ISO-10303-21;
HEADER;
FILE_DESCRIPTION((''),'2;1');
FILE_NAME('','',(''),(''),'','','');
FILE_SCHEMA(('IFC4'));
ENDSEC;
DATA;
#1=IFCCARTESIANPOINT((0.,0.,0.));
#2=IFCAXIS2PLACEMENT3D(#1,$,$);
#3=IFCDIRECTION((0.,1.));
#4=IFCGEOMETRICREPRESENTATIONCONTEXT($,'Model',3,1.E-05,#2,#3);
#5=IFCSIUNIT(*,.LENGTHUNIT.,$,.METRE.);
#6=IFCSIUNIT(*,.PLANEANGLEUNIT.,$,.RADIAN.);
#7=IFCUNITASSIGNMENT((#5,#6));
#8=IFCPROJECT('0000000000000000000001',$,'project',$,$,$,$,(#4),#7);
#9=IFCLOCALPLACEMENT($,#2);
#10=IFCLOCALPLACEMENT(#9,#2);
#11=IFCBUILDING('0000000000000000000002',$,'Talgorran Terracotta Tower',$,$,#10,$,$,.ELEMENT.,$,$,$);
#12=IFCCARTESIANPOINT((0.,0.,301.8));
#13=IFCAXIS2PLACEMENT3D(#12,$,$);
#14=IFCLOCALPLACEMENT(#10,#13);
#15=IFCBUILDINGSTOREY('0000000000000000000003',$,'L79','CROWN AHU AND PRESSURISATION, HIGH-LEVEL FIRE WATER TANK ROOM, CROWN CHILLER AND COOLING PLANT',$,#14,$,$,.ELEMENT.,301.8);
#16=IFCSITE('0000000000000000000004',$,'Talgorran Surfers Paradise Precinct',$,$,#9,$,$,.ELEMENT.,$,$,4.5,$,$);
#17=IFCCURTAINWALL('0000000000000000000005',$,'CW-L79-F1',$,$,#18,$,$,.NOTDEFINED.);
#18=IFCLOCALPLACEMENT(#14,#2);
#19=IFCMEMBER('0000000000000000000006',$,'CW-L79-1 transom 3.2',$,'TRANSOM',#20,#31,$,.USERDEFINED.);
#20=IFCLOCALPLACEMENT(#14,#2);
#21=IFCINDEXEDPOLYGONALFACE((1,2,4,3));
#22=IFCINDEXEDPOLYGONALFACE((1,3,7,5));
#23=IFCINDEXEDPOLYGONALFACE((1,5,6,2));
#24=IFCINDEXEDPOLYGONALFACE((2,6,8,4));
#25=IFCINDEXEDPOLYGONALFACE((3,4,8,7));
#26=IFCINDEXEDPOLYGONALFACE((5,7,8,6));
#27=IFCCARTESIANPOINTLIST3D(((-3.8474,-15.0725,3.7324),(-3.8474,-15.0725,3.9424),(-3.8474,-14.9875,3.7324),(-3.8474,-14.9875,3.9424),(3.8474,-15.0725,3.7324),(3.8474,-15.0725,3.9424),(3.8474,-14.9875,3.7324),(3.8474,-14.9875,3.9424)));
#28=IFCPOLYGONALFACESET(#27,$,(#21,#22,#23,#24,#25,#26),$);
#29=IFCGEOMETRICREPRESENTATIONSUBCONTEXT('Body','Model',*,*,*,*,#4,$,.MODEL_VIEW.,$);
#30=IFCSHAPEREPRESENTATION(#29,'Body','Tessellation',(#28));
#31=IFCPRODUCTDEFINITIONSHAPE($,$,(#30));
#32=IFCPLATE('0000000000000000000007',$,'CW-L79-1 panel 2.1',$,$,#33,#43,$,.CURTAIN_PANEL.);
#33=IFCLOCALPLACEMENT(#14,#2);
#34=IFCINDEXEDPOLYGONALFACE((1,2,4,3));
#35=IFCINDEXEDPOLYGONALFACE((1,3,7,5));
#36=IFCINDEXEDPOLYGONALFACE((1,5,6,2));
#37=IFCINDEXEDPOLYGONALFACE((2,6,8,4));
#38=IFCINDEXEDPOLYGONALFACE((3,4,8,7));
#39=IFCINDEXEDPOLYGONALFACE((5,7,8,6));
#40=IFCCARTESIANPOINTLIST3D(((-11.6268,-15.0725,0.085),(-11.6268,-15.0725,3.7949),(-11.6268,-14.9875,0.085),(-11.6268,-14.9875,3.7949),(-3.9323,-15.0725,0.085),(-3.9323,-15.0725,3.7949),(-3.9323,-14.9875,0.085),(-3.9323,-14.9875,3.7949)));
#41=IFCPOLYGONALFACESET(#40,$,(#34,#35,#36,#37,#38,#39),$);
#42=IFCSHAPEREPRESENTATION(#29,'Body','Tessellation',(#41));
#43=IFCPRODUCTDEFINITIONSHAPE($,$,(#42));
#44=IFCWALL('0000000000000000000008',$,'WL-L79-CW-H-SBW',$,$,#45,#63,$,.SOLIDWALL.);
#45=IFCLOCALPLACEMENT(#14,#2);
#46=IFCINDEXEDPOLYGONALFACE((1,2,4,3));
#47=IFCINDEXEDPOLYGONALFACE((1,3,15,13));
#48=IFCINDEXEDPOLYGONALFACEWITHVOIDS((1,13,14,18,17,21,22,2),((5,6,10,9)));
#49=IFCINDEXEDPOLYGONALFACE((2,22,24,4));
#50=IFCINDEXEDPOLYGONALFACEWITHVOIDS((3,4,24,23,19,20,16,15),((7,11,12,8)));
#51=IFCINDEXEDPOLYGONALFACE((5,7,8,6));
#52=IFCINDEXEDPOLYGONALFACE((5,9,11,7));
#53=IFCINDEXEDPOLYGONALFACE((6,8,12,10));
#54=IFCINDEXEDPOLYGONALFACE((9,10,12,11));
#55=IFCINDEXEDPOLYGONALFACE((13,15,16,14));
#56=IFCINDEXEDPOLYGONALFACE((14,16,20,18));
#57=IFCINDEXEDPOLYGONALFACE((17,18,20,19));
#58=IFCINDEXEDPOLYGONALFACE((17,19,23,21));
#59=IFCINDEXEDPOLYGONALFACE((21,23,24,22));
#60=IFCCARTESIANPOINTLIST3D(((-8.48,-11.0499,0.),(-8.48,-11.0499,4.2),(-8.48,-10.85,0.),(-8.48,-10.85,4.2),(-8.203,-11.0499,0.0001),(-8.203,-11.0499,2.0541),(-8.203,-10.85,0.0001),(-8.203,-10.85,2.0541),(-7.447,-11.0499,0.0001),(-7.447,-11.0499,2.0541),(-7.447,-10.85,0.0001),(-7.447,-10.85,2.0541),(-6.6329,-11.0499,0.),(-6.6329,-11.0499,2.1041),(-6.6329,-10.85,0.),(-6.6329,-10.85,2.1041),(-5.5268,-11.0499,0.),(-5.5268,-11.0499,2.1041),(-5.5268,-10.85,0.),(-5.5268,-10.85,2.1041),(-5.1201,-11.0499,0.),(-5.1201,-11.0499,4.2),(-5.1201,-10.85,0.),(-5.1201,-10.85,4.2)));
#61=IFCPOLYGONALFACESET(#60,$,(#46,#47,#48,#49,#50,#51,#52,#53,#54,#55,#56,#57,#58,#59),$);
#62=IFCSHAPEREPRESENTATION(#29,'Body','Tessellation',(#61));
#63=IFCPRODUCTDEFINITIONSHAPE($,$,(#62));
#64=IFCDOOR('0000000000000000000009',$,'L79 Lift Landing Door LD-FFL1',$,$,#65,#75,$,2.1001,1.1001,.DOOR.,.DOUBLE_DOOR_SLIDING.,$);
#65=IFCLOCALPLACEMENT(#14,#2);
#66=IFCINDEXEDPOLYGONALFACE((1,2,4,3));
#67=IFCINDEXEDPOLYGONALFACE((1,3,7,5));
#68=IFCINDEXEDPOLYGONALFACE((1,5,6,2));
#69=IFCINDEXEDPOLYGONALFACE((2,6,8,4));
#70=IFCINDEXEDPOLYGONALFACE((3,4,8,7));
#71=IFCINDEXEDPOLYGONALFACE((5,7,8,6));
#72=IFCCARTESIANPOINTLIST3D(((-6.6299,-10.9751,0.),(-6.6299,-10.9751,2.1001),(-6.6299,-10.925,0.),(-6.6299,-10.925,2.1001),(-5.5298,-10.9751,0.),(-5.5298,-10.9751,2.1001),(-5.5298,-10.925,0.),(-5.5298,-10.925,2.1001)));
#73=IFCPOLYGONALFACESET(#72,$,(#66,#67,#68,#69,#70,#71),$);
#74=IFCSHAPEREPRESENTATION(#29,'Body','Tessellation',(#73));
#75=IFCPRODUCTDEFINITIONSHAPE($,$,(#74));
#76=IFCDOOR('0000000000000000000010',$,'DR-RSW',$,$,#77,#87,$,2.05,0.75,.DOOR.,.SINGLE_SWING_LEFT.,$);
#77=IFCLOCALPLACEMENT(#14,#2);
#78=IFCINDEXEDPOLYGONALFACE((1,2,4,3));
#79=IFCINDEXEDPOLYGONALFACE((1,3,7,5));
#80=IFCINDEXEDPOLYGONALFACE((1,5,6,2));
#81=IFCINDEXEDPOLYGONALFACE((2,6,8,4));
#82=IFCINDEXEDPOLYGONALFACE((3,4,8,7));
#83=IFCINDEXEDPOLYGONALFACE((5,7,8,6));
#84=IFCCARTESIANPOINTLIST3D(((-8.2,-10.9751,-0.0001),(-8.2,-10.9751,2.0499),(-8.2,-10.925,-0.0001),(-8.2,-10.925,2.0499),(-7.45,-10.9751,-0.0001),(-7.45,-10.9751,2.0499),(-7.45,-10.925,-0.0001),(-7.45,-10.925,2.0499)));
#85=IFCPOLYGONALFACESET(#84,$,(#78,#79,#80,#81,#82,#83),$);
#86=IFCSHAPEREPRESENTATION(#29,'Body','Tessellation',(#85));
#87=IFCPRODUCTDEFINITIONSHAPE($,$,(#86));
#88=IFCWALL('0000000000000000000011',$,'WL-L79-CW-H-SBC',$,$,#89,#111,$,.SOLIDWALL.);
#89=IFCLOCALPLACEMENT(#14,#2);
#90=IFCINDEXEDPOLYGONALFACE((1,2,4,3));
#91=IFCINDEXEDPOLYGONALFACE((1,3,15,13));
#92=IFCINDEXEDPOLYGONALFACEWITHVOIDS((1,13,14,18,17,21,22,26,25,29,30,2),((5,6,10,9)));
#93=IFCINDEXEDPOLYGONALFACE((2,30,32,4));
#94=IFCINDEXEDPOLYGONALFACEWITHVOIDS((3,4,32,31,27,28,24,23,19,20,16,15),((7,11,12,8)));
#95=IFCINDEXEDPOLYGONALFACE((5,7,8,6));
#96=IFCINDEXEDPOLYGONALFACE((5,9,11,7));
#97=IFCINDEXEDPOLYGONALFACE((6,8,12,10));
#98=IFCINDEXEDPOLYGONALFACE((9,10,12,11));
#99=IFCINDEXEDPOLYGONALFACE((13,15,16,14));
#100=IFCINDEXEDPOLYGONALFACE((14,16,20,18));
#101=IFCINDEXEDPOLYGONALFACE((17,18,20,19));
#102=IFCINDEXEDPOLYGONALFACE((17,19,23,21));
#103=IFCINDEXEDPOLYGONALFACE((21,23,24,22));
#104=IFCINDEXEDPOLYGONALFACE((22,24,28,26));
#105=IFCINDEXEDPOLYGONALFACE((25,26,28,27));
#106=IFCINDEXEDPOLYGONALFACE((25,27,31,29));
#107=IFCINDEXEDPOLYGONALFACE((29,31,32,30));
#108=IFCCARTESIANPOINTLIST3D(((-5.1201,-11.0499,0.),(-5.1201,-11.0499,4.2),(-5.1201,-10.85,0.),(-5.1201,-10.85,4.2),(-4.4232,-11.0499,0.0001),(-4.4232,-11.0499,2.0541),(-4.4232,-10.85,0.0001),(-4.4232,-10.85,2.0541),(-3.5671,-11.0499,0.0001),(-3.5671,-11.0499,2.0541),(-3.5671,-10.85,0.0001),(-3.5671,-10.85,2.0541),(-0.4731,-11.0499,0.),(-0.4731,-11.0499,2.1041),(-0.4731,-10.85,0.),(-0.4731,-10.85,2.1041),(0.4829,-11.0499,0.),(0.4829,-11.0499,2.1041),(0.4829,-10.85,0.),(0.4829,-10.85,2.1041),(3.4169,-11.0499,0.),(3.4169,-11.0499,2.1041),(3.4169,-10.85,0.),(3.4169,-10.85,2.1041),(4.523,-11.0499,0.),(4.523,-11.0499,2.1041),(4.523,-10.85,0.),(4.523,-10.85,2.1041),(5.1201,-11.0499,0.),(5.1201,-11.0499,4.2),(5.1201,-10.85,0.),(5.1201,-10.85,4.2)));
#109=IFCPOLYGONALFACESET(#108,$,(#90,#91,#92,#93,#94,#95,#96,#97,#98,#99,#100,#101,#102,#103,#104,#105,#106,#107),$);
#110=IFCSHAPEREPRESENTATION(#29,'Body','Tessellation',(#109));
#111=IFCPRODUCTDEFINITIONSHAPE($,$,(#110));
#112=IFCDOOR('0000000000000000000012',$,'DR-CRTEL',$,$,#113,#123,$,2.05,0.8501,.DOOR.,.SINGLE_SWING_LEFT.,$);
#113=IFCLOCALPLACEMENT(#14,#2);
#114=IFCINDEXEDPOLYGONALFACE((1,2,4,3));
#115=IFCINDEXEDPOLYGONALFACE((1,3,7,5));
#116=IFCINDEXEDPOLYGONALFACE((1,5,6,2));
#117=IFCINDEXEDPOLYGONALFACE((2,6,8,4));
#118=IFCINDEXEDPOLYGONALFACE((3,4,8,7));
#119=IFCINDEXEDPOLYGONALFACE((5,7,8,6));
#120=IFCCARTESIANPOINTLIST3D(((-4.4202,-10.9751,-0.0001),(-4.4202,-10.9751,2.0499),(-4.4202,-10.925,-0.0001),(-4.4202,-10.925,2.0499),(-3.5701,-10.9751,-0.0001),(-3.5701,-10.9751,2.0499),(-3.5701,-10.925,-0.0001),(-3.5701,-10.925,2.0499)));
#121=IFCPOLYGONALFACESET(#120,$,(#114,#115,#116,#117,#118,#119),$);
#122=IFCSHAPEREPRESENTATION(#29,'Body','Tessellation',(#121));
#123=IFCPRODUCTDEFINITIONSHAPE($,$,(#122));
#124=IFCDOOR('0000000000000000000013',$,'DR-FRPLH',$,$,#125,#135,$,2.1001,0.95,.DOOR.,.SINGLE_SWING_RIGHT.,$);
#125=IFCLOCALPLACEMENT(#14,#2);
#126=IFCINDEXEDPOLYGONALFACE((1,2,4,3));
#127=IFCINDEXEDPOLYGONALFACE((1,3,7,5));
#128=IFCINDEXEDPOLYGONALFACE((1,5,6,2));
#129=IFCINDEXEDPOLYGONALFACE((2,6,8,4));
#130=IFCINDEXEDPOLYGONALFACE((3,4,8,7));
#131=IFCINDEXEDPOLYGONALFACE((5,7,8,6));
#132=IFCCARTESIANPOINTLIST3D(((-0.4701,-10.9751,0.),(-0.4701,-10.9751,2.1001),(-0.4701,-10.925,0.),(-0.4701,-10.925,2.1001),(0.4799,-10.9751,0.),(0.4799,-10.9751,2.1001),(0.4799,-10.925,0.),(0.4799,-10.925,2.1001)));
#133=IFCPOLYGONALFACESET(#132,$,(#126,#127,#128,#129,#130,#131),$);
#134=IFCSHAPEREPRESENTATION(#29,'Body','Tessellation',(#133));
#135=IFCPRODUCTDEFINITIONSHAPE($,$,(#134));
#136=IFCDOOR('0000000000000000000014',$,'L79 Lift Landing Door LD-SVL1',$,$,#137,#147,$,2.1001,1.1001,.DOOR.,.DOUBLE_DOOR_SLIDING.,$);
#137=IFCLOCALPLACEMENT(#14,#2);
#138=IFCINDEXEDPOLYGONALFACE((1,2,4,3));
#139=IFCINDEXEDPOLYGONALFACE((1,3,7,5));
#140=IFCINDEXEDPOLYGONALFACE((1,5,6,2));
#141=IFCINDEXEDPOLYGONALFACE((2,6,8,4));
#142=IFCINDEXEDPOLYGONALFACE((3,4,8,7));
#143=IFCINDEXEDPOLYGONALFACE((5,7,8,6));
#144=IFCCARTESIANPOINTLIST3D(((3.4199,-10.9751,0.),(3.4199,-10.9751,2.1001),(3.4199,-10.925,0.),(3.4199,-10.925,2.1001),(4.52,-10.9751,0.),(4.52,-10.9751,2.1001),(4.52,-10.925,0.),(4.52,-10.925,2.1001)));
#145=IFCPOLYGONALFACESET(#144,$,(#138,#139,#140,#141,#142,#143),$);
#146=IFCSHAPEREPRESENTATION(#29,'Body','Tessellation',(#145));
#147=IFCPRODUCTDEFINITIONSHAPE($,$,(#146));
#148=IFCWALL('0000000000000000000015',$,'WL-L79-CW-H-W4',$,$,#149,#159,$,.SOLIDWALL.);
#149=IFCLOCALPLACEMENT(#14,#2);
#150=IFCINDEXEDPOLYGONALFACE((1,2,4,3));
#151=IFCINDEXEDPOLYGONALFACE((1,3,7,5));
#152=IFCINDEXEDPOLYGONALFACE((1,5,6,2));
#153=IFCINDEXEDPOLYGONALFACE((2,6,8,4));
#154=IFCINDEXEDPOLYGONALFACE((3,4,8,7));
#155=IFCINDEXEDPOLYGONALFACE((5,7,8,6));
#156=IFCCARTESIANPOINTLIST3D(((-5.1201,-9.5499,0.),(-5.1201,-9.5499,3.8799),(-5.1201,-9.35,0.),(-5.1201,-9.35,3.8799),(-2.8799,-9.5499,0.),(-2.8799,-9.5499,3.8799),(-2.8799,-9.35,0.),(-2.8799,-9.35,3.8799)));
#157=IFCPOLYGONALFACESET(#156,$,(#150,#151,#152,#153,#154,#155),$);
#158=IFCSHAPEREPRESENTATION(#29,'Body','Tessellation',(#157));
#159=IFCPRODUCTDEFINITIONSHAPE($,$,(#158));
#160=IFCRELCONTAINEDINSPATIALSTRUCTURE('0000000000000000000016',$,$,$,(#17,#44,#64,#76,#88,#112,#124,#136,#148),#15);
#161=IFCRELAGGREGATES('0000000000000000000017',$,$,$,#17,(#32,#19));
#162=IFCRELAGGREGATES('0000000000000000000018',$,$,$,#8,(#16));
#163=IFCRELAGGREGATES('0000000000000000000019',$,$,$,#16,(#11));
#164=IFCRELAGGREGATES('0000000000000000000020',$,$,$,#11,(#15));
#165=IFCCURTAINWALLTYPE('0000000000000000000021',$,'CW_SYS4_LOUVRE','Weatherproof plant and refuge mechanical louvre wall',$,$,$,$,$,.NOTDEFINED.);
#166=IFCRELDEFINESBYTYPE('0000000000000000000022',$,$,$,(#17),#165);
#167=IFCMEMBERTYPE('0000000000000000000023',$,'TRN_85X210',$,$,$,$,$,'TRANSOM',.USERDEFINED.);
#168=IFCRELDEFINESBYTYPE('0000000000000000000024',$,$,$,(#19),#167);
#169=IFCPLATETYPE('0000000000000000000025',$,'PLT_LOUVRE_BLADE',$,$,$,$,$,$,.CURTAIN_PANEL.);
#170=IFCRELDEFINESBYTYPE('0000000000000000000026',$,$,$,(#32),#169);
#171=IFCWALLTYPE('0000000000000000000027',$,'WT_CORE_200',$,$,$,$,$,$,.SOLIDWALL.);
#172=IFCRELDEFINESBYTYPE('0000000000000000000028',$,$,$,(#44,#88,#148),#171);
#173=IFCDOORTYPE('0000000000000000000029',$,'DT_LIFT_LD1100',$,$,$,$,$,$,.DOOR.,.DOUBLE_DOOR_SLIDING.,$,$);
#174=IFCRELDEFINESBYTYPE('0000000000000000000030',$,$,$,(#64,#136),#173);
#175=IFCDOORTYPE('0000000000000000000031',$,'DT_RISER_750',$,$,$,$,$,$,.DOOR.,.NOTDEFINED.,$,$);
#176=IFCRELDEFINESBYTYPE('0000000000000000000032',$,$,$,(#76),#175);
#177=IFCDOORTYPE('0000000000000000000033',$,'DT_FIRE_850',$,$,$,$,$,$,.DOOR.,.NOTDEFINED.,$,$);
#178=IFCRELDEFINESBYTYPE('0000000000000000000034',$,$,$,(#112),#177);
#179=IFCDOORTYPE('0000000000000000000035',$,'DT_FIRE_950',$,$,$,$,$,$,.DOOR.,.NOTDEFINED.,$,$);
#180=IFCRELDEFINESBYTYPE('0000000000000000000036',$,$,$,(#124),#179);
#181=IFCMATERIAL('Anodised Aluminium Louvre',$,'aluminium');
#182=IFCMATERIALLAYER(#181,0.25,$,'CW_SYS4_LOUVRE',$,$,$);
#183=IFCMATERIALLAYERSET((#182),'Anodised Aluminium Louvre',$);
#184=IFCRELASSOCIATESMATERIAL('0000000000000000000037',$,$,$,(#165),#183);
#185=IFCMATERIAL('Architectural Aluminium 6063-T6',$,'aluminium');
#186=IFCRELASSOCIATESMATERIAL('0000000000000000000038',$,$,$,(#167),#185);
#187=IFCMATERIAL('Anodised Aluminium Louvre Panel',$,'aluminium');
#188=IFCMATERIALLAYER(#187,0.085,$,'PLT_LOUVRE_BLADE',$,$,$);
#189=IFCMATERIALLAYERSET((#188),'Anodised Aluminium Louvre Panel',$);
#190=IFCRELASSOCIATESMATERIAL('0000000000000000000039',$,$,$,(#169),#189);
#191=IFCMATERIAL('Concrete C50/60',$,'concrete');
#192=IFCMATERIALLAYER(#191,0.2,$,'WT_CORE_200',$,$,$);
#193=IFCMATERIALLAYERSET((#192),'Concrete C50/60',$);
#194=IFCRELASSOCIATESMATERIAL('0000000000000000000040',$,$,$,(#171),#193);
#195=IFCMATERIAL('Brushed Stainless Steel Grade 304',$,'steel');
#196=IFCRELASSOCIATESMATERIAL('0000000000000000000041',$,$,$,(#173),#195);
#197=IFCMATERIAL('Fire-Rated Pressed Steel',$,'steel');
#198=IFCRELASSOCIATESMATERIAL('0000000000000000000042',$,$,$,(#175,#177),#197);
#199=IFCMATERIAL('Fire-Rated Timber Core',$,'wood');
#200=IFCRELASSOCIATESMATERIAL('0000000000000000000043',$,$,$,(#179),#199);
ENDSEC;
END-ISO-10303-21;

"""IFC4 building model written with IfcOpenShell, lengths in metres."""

from ifc_helpers import new_model, si_unit, direction, frame, frame_2d, origin, origin_2d, place, context, subcontext, project, spatial, rectangle, extrude, source, transform, mapped, material, layer, layer_set, material_profile, profile_set, type_object, type_shapes, element, fill, aggregate, save


model = new_model("IFC4")

# Units and contexts
model_context = context("Model", 3, precision=1e-05, world=origin(), true_north=direction((0.0, 1.0)))
body_context = subcontext(model_context, "Body", "Model", "MODEL_VIEW")
ifc_project = project(units=[si_unit("LENGTHUNIT", "METRE"), si_unit("PLANEANGLEUNIT", "RADIAN")], contexts=[model_context])

# Site, building, storey
site_placement = place(None, origin())
site = spatial("IfcSite", under=ifc_project, at=site_placement, Name="Talgorran Surfers Paradise Precinct", CompositionType="ELEMENT", RefElevation=4.5)
building_placement = place(site_placement, origin())
building = spatial("IfcBuilding", under=site, at=building_placement, Name="Talgorran Terracotta Tower", CompositionType="ELEMENT")
storey_placement = place(building_placement, frame((0.0, 0.0, 301.8)))
storey = spatial("IfcBuildingStorey", under=building, at=storey_placement, Name="L79", Description="CROWN AHU AND PRESSURISATION, HIGH-LEVEL FIRE WATER TANK ROOM, CROWN CHILLER AND COOLING PLANT", CompositionType="ELEMENT", Elevation=301.8)

# Shared definitions
ifc_material_1 = material(Name="Concrete C50/60", Category="concrete")

# Curtain wall, member, plate
ifc_material_2 = material(Name="Anodised Aluminium Louvre", Category="aluminium")
ifc_layer_1 = layer(ifc_material_2, 0.25, Name="CW_SYS4_LOUVRE")
ifc_layer_set_1 = layer_set([ifc_layer_1], Name="Anodised Aluminium Louvre")
curtain_wall_type = type_object("IfcCurtainWallType", Name="CW_SYS4_LOUVRE", Description="Weatherproof plant and refuge mechanical louvre wall", PredefinedType="NOTDEFINED", material=ifc_layer_set_1)
curtain_wall_placement = place(storey_placement, origin())
curtain_wall = element("IfcCurtainWall", 1, at=curtain_wall_placement, inside=storey, type_object=curtain_wall_type, Name="CW-L79-F1", PredefinedType="NOTDEFINED")
ifc_material_3 = material(Name="Architectural Aluminium 6063-T6", Category="aluminium")
ifc_material_profile_1 = material_profile(ifc_material_3, rectangle(XDim=0.085, YDim=0.21, at=origin_2d()), Name="CWT85X210")
ifc_profile_set_1 = profile_set([ifc_material_profile_1], Name="Architectural Aluminium 6063-T6")
member_type_1 = type_object("IfcMemberType", Name="TRN_85X210", ElementType="TRANSOM", PredefinedType="USERDEFINED", material=ifc_profile_set_1)
member_1_placement = place(storey_placement, frame((-3.8474, -15.03, 3.8374), z_axis=(1.0, 0.0, 0.0), x_axis=(0.0, 1.0, 0.0)))
member_1 = element("IfcMember", 2, at=member_1_placement, type_object=member_type_1, Name="CW-L79-1 transom 3.2", ObjectType="TRANSOM", PredefinedType="USERDEFINED", context=body_context, shape_type="SweptSolid", body=[
    extrude(rectangle(XDim=0.085, YDim=0.21, at=origin_2d()), origin(), (0.0, 0.0, 1.0), 7.6948),
])
ifc_material_4 = material(Name="Anodised Aluminium Louvre Panel", Category="aluminium")
ifc_layer_2 = layer(ifc_material_4, 0.085, Name="PLT_LOUVRE_BLADE")
ifc_layer_set_2 = layer_set([ifc_layer_2], Name="Anodised Aluminium Louvre Panel")
plate_type = type_object("IfcPlateType", Name="PLT_LOUVRE_BLADE", PredefinedType="CURTAIN_PANEL", material=ifc_layer_set_2)
shared_shape = source(origin(), body_context, "Body", "SweptSolid", [
    extrude(rectangle(XDim=7.6946, YDim=0.085, at=origin_2d()), origin(), (0.0, 0.0, 1.0), 3.71),
])
type_shapes(plate_type, [shared_shape])
plate_placement = place(storey_placement, frame((-7.7795, -15.03, 0.085), z_axis=(0.0, 0.0, 1.0), x_axis=(1.0, 0.0, 0.0)))
plate = element("IfcPlate", 3, at=plate_placement, type_object=plate_type, Name="CW-L79-1 panel 2.1", PredefinedType="CURTAIN_PANEL", context=body_context, shape_type="MappedRepresentation", body=[
    mapped(shared_shape, transform((0.0, 0.0, 0.0), scale=1.0)),
])
aggregate(curtain_wall, [plate, member_1])

# Walls, openings, doors
ifc_layer_3 = layer(ifc_material_1, 0.2, Name="WT_CORE_200")
ifc_layer_set_3 = layer_set([ifc_layer_3], Name="Concrete C50/60")
wall_type_1 = type_object("IfcWallType", Name="WT_CORE_200", PredefinedType="SOLIDWALL", material=ifc_layer_set_3)
wall_1_placement = place(storey_placement, frame((-8.48, -10.95, 0.0), z_axis=(0.0, 0.0, 1.0), x_axis=(1.0, 0.0, 0.0)))
wall_1 = element("IfcWall", 4, at=wall_1_placement, inside=storey, type_object=wall_type_1, Name="WL-L79-CW-H-SBW", PredefinedType="SOLIDWALL", context=body_context, shape_type="SweptSolid", body=[
    extrude(rectangle(XDim=3.3599, YDim=0.2, at=frame_2d((1.6799, 0.0))), origin(), (0.0, 0.0, 1.0), 4.2),
])
opening_1_placement = place(wall_1_placement, frame((0.28, 0.0, 0.0)))
opening_1 = element("IfcOpeningElement", 5, at=opening_1_placement, cuts=wall_1, PredefinedType="OPENING", context=body_context, shape_type="SweptSolid", body=[
    extrude(rectangle(XDim=0.756, YDim=2.054, at=frame_2d((0.375, 1.0271))), frame((0.0, 0.1099, 0.0), z_axis=(0.0, -1.0, 0.0), x_axis=(1.0, 0.0, 0.0)), (0.0, 0.0, 1.0), 0.22),
])
opening_2_placement = place(wall_1_placement, frame((1.8501, 0.0, 0.0)))
opening_2 = element("IfcOpeningElement", 6, at=opening_2_placement, cuts=wall_1, PredefinedType="OPENING", context=body_context, shape_type="SweptSolid", body=[
    extrude(rectangle(XDim=1.1061, YDim=2.1041, at=frame_2d((0.55, 1.052))), frame((0.0, 0.1099, 0.0), z_axis=(0.0, -1.0, 0.0), x_axis=(1.0, 0.0, 0.0)), (0.0, 0.0, 1.0), 0.22),
])
ifc_material_5 = material(Name="Brushed Stainless Steel Grade 304", Category="steel")
door_type_1 = type_object("IfcDoorType", Name="DT_LIFT_LD1100", OperationType="DOUBLE_DOOR_SLIDING", PredefinedType="DOOR", material=ifc_material_5)
door_1_placement = place(opening_2_placement, origin())
door_1 = element("IfcDoor", 7, at=door_1_placement, inside=storey, type_object=door_type_1, Name="L79 Lift Landing Door LD-FFL1", OperationType="DOUBLE_DOOR_SLIDING", OverallHeight=2.1001, OverallWidth=1.1001, PredefinedType="DOOR", context=body_context, shape_type="SweptSolid", body=[
    extrude(rectangle(XDim=1.1001, YDim=2.1001, at=frame_2d((0.55, 1.05))), frame((0.0, 0.0249, 0.0), z_axis=(0.0, -1.0, 0.0), x_axis=(1.0, 0.0, 0.0)), (0.0, 0.0, 1.0), 0.05),
])
fill(opening_2, door_1)
ifc_material_6 = material(Name="Fire-Rated Pressed Steel", Category="steel")
door_type_2 = type_object("IfcDoorType", Name="DT_RISER_750", OperationType="NOTDEFINED", PredefinedType="DOOR", material=ifc_material_6)
door_2_placement = place(opening_1_placement, origin())
door_2 = element("IfcDoor", 8, at=door_2_placement, inside=storey, type_object=door_type_2, Name="DR-RSW", OperationType="SINGLE_SWING_LEFT", OverallHeight=2.05, OverallWidth=0.75, PredefinedType="DOOR", context=body_context, shape_type="SweptSolid", body=[
    extrude(rectangle(XDim=0.75, YDim=2.05, at=frame_2d((0.375, 1.0249))), frame((0.0, 0.0249, 0.0), z_axis=(0.0, -1.0, 0.0), x_axis=(1.0, 0.0, 0.0)), (0.0, 0.0, 1.0), 0.05),
])
fill(opening_1, door_2)
wall_2_placement = place(storey_placement, frame((-5.1201, -10.95, 0.0), z_axis=(0.0, 0.0, 1.0), x_axis=(1.0, 0.0, 0.0)))
wall_2 = element("IfcWall", 9, at=wall_2_placement, inside=storey, type_object=wall_type_1, Name="WL-L79-CW-H-SBC", PredefinedType="SOLIDWALL", context=body_context, shape_type="SweptSolid", body=[
    extrude(rectangle(XDim=10.2402, YDim=0.2, at=frame_2d((5.1201, 0.0))), origin(), (0.0, 0.0, 1.0), 4.2),
])
opening_3_placement = place(wall_2_placement, frame((0.7, 0.0, 0.0)))
opening_3 = element("IfcOpeningElement", 10, at=opening_3_placement, cuts=wall_2, PredefinedType="OPENING", context=body_context, shape_type="SweptSolid", body=[
    extrude(rectangle(XDim=0.8561, YDim=2.054, at=frame_2d((0.425, 1.0271))), frame((0.0, 0.1099, 0.0), z_axis=(0.0, -1.0, 0.0), x_axis=(1.0, 0.0, 0.0)), (0.0, 0.0, 1.0), 0.22),
])
opening_4_placement = place(wall_2_placement, frame((4.6499, 0.0, 0.0)))
opening_4 = element("IfcOpeningElement", 11, at=opening_4_placement, cuts=wall_2, PredefinedType="OPENING", context=body_context, shape_type="SweptSolid", body=[
    extrude(rectangle(XDim=0.956, YDim=2.1041, at=frame_2d((0.4751, 1.052))), frame((0.0, 0.1099, 0.0), z_axis=(0.0, -1.0, 0.0), x_axis=(1.0, 0.0, 0.0)), (0.0, 0.0, 1.0), 0.22),
])
opening_5_placement = place(wall_2_placement, frame((8.54, 0.0, 0.0)))
opening_5 = element("IfcOpeningElement", 12, at=opening_5_placement, cuts=wall_2, PredefinedType="OPENING", context=body_context, shape_type="SweptSolid", body=[
    extrude(rectangle(XDim=1.1061, YDim=2.1041, at=frame_2d((0.55, 1.052))), frame((0.0, 0.1099, 0.0), z_axis=(0.0, -1.0, 0.0), x_axis=(1.0, 0.0, 0.0)), (0.0, 0.0, 1.0), 0.22),
])
door_type_3 = type_object("IfcDoorType", Name="DT_FIRE_850", OperationType="NOTDEFINED", PredefinedType="DOOR", material=ifc_material_6)
door_3_placement = place(opening_3_placement, origin())
door_3 = element("IfcDoor", 13, at=door_3_placement, inside=storey, type_object=door_type_3, Name="DR-CRTEL", OperationType="SINGLE_SWING_LEFT", OverallHeight=2.05, OverallWidth=0.8501, PredefinedType="DOOR", context=body_context, shape_type="SweptSolid", body=[
    extrude(rectangle(XDim=0.8501, YDim=2.05, at=frame_2d((0.425, 1.0249))), frame((0.0, 0.0249, 0.0), z_axis=(0.0, -1.0, 0.0), x_axis=(1.0, 0.0, 0.0)), (0.0, 0.0, 1.0), 0.05),
])
fill(opening_3, door_3)
ifc_material_7 = material(Name="Fire-Rated Timber Core", Category="wood")
door_type_4 = type_object("IfcDoorType", Name="DT_FIRE_950", OperationType="NOTDEFINED", PredefinedType="DOOR", material=ifc_material_7)
door_4_placement = place(opening_4_placement, origin())
door_4 = element("IfcDoor", 14, at=door_4_placement, inside=storey, type_object=door_type_4, Name="DR-FRPLH", OperationType="SINGLE_SWING_RIGHT", OverallHeight=2.1001, OverallWidth=0.95, PredefinedType="DOOR", context=body_context, shape_type="SweptSolid", body=[
    extrude(rectangle(XDim=0.95, YDim=2.1001, at=frame_2d((0.4751, 1.05))), frame((0.0, 0.0249, 0.0), z_axis=(0.0, -1.0, 0.0), x_axis=(1.0, 0.0, 0.0)), (0.0, 0.0, 1.0), 0.05),
])
fill(opening_4, door_4)
door_5_placement = place(opening_5_placement, origin())
door_5 = element("IfcDoor", 15, at=door_5_placement, inside=storey, type_object=door_type_1, Name="L79 Lift Landing Door LD-SVL1", OperationType="DOUBLE_DOOR_SLIDING", OverallHeight=2.1001, OverallWidth=1.1001, PredefinedType="DOOR", context=body_context, shape_type="SweptSolid", body=[
    extrude(rectangle(XDim=1.1001, YDim=2.1001, at=frame_2d((0.55, 1.05))), frame((0.0, 0.0249, 0.0), z_axis=(0.0, -1.0, 0.0), x_axis=(1.0, 0.0, 0.0)), (0.0, 0.0, 1.0), 0.05),
])
fill(opening_5, door_5)

# Wall
wall_3_placement = place(storey_placement, frame((-5.1201, -9.45, 0.0), z_axis=(0.0, 0.0, 1.0), x_axis=(1.0, 0.0, 0.0)))
element("IfcWall", 16, at=wall_3_placement, inside=storey, type_object=wall_type_1, Name="WL-L79-CW-H-W4", PredefinedType="SOLIDWALL", context=body_context, shape_type="SweptSolid", body=[
    extrude(rectangle(XDim=2.2402, YDim=0.2, at=frame_2d((1.1201, 0.0))), origin(), (0.0, 0.0, 1.0), 3.8799),
])

save(model, "model.ifc")
